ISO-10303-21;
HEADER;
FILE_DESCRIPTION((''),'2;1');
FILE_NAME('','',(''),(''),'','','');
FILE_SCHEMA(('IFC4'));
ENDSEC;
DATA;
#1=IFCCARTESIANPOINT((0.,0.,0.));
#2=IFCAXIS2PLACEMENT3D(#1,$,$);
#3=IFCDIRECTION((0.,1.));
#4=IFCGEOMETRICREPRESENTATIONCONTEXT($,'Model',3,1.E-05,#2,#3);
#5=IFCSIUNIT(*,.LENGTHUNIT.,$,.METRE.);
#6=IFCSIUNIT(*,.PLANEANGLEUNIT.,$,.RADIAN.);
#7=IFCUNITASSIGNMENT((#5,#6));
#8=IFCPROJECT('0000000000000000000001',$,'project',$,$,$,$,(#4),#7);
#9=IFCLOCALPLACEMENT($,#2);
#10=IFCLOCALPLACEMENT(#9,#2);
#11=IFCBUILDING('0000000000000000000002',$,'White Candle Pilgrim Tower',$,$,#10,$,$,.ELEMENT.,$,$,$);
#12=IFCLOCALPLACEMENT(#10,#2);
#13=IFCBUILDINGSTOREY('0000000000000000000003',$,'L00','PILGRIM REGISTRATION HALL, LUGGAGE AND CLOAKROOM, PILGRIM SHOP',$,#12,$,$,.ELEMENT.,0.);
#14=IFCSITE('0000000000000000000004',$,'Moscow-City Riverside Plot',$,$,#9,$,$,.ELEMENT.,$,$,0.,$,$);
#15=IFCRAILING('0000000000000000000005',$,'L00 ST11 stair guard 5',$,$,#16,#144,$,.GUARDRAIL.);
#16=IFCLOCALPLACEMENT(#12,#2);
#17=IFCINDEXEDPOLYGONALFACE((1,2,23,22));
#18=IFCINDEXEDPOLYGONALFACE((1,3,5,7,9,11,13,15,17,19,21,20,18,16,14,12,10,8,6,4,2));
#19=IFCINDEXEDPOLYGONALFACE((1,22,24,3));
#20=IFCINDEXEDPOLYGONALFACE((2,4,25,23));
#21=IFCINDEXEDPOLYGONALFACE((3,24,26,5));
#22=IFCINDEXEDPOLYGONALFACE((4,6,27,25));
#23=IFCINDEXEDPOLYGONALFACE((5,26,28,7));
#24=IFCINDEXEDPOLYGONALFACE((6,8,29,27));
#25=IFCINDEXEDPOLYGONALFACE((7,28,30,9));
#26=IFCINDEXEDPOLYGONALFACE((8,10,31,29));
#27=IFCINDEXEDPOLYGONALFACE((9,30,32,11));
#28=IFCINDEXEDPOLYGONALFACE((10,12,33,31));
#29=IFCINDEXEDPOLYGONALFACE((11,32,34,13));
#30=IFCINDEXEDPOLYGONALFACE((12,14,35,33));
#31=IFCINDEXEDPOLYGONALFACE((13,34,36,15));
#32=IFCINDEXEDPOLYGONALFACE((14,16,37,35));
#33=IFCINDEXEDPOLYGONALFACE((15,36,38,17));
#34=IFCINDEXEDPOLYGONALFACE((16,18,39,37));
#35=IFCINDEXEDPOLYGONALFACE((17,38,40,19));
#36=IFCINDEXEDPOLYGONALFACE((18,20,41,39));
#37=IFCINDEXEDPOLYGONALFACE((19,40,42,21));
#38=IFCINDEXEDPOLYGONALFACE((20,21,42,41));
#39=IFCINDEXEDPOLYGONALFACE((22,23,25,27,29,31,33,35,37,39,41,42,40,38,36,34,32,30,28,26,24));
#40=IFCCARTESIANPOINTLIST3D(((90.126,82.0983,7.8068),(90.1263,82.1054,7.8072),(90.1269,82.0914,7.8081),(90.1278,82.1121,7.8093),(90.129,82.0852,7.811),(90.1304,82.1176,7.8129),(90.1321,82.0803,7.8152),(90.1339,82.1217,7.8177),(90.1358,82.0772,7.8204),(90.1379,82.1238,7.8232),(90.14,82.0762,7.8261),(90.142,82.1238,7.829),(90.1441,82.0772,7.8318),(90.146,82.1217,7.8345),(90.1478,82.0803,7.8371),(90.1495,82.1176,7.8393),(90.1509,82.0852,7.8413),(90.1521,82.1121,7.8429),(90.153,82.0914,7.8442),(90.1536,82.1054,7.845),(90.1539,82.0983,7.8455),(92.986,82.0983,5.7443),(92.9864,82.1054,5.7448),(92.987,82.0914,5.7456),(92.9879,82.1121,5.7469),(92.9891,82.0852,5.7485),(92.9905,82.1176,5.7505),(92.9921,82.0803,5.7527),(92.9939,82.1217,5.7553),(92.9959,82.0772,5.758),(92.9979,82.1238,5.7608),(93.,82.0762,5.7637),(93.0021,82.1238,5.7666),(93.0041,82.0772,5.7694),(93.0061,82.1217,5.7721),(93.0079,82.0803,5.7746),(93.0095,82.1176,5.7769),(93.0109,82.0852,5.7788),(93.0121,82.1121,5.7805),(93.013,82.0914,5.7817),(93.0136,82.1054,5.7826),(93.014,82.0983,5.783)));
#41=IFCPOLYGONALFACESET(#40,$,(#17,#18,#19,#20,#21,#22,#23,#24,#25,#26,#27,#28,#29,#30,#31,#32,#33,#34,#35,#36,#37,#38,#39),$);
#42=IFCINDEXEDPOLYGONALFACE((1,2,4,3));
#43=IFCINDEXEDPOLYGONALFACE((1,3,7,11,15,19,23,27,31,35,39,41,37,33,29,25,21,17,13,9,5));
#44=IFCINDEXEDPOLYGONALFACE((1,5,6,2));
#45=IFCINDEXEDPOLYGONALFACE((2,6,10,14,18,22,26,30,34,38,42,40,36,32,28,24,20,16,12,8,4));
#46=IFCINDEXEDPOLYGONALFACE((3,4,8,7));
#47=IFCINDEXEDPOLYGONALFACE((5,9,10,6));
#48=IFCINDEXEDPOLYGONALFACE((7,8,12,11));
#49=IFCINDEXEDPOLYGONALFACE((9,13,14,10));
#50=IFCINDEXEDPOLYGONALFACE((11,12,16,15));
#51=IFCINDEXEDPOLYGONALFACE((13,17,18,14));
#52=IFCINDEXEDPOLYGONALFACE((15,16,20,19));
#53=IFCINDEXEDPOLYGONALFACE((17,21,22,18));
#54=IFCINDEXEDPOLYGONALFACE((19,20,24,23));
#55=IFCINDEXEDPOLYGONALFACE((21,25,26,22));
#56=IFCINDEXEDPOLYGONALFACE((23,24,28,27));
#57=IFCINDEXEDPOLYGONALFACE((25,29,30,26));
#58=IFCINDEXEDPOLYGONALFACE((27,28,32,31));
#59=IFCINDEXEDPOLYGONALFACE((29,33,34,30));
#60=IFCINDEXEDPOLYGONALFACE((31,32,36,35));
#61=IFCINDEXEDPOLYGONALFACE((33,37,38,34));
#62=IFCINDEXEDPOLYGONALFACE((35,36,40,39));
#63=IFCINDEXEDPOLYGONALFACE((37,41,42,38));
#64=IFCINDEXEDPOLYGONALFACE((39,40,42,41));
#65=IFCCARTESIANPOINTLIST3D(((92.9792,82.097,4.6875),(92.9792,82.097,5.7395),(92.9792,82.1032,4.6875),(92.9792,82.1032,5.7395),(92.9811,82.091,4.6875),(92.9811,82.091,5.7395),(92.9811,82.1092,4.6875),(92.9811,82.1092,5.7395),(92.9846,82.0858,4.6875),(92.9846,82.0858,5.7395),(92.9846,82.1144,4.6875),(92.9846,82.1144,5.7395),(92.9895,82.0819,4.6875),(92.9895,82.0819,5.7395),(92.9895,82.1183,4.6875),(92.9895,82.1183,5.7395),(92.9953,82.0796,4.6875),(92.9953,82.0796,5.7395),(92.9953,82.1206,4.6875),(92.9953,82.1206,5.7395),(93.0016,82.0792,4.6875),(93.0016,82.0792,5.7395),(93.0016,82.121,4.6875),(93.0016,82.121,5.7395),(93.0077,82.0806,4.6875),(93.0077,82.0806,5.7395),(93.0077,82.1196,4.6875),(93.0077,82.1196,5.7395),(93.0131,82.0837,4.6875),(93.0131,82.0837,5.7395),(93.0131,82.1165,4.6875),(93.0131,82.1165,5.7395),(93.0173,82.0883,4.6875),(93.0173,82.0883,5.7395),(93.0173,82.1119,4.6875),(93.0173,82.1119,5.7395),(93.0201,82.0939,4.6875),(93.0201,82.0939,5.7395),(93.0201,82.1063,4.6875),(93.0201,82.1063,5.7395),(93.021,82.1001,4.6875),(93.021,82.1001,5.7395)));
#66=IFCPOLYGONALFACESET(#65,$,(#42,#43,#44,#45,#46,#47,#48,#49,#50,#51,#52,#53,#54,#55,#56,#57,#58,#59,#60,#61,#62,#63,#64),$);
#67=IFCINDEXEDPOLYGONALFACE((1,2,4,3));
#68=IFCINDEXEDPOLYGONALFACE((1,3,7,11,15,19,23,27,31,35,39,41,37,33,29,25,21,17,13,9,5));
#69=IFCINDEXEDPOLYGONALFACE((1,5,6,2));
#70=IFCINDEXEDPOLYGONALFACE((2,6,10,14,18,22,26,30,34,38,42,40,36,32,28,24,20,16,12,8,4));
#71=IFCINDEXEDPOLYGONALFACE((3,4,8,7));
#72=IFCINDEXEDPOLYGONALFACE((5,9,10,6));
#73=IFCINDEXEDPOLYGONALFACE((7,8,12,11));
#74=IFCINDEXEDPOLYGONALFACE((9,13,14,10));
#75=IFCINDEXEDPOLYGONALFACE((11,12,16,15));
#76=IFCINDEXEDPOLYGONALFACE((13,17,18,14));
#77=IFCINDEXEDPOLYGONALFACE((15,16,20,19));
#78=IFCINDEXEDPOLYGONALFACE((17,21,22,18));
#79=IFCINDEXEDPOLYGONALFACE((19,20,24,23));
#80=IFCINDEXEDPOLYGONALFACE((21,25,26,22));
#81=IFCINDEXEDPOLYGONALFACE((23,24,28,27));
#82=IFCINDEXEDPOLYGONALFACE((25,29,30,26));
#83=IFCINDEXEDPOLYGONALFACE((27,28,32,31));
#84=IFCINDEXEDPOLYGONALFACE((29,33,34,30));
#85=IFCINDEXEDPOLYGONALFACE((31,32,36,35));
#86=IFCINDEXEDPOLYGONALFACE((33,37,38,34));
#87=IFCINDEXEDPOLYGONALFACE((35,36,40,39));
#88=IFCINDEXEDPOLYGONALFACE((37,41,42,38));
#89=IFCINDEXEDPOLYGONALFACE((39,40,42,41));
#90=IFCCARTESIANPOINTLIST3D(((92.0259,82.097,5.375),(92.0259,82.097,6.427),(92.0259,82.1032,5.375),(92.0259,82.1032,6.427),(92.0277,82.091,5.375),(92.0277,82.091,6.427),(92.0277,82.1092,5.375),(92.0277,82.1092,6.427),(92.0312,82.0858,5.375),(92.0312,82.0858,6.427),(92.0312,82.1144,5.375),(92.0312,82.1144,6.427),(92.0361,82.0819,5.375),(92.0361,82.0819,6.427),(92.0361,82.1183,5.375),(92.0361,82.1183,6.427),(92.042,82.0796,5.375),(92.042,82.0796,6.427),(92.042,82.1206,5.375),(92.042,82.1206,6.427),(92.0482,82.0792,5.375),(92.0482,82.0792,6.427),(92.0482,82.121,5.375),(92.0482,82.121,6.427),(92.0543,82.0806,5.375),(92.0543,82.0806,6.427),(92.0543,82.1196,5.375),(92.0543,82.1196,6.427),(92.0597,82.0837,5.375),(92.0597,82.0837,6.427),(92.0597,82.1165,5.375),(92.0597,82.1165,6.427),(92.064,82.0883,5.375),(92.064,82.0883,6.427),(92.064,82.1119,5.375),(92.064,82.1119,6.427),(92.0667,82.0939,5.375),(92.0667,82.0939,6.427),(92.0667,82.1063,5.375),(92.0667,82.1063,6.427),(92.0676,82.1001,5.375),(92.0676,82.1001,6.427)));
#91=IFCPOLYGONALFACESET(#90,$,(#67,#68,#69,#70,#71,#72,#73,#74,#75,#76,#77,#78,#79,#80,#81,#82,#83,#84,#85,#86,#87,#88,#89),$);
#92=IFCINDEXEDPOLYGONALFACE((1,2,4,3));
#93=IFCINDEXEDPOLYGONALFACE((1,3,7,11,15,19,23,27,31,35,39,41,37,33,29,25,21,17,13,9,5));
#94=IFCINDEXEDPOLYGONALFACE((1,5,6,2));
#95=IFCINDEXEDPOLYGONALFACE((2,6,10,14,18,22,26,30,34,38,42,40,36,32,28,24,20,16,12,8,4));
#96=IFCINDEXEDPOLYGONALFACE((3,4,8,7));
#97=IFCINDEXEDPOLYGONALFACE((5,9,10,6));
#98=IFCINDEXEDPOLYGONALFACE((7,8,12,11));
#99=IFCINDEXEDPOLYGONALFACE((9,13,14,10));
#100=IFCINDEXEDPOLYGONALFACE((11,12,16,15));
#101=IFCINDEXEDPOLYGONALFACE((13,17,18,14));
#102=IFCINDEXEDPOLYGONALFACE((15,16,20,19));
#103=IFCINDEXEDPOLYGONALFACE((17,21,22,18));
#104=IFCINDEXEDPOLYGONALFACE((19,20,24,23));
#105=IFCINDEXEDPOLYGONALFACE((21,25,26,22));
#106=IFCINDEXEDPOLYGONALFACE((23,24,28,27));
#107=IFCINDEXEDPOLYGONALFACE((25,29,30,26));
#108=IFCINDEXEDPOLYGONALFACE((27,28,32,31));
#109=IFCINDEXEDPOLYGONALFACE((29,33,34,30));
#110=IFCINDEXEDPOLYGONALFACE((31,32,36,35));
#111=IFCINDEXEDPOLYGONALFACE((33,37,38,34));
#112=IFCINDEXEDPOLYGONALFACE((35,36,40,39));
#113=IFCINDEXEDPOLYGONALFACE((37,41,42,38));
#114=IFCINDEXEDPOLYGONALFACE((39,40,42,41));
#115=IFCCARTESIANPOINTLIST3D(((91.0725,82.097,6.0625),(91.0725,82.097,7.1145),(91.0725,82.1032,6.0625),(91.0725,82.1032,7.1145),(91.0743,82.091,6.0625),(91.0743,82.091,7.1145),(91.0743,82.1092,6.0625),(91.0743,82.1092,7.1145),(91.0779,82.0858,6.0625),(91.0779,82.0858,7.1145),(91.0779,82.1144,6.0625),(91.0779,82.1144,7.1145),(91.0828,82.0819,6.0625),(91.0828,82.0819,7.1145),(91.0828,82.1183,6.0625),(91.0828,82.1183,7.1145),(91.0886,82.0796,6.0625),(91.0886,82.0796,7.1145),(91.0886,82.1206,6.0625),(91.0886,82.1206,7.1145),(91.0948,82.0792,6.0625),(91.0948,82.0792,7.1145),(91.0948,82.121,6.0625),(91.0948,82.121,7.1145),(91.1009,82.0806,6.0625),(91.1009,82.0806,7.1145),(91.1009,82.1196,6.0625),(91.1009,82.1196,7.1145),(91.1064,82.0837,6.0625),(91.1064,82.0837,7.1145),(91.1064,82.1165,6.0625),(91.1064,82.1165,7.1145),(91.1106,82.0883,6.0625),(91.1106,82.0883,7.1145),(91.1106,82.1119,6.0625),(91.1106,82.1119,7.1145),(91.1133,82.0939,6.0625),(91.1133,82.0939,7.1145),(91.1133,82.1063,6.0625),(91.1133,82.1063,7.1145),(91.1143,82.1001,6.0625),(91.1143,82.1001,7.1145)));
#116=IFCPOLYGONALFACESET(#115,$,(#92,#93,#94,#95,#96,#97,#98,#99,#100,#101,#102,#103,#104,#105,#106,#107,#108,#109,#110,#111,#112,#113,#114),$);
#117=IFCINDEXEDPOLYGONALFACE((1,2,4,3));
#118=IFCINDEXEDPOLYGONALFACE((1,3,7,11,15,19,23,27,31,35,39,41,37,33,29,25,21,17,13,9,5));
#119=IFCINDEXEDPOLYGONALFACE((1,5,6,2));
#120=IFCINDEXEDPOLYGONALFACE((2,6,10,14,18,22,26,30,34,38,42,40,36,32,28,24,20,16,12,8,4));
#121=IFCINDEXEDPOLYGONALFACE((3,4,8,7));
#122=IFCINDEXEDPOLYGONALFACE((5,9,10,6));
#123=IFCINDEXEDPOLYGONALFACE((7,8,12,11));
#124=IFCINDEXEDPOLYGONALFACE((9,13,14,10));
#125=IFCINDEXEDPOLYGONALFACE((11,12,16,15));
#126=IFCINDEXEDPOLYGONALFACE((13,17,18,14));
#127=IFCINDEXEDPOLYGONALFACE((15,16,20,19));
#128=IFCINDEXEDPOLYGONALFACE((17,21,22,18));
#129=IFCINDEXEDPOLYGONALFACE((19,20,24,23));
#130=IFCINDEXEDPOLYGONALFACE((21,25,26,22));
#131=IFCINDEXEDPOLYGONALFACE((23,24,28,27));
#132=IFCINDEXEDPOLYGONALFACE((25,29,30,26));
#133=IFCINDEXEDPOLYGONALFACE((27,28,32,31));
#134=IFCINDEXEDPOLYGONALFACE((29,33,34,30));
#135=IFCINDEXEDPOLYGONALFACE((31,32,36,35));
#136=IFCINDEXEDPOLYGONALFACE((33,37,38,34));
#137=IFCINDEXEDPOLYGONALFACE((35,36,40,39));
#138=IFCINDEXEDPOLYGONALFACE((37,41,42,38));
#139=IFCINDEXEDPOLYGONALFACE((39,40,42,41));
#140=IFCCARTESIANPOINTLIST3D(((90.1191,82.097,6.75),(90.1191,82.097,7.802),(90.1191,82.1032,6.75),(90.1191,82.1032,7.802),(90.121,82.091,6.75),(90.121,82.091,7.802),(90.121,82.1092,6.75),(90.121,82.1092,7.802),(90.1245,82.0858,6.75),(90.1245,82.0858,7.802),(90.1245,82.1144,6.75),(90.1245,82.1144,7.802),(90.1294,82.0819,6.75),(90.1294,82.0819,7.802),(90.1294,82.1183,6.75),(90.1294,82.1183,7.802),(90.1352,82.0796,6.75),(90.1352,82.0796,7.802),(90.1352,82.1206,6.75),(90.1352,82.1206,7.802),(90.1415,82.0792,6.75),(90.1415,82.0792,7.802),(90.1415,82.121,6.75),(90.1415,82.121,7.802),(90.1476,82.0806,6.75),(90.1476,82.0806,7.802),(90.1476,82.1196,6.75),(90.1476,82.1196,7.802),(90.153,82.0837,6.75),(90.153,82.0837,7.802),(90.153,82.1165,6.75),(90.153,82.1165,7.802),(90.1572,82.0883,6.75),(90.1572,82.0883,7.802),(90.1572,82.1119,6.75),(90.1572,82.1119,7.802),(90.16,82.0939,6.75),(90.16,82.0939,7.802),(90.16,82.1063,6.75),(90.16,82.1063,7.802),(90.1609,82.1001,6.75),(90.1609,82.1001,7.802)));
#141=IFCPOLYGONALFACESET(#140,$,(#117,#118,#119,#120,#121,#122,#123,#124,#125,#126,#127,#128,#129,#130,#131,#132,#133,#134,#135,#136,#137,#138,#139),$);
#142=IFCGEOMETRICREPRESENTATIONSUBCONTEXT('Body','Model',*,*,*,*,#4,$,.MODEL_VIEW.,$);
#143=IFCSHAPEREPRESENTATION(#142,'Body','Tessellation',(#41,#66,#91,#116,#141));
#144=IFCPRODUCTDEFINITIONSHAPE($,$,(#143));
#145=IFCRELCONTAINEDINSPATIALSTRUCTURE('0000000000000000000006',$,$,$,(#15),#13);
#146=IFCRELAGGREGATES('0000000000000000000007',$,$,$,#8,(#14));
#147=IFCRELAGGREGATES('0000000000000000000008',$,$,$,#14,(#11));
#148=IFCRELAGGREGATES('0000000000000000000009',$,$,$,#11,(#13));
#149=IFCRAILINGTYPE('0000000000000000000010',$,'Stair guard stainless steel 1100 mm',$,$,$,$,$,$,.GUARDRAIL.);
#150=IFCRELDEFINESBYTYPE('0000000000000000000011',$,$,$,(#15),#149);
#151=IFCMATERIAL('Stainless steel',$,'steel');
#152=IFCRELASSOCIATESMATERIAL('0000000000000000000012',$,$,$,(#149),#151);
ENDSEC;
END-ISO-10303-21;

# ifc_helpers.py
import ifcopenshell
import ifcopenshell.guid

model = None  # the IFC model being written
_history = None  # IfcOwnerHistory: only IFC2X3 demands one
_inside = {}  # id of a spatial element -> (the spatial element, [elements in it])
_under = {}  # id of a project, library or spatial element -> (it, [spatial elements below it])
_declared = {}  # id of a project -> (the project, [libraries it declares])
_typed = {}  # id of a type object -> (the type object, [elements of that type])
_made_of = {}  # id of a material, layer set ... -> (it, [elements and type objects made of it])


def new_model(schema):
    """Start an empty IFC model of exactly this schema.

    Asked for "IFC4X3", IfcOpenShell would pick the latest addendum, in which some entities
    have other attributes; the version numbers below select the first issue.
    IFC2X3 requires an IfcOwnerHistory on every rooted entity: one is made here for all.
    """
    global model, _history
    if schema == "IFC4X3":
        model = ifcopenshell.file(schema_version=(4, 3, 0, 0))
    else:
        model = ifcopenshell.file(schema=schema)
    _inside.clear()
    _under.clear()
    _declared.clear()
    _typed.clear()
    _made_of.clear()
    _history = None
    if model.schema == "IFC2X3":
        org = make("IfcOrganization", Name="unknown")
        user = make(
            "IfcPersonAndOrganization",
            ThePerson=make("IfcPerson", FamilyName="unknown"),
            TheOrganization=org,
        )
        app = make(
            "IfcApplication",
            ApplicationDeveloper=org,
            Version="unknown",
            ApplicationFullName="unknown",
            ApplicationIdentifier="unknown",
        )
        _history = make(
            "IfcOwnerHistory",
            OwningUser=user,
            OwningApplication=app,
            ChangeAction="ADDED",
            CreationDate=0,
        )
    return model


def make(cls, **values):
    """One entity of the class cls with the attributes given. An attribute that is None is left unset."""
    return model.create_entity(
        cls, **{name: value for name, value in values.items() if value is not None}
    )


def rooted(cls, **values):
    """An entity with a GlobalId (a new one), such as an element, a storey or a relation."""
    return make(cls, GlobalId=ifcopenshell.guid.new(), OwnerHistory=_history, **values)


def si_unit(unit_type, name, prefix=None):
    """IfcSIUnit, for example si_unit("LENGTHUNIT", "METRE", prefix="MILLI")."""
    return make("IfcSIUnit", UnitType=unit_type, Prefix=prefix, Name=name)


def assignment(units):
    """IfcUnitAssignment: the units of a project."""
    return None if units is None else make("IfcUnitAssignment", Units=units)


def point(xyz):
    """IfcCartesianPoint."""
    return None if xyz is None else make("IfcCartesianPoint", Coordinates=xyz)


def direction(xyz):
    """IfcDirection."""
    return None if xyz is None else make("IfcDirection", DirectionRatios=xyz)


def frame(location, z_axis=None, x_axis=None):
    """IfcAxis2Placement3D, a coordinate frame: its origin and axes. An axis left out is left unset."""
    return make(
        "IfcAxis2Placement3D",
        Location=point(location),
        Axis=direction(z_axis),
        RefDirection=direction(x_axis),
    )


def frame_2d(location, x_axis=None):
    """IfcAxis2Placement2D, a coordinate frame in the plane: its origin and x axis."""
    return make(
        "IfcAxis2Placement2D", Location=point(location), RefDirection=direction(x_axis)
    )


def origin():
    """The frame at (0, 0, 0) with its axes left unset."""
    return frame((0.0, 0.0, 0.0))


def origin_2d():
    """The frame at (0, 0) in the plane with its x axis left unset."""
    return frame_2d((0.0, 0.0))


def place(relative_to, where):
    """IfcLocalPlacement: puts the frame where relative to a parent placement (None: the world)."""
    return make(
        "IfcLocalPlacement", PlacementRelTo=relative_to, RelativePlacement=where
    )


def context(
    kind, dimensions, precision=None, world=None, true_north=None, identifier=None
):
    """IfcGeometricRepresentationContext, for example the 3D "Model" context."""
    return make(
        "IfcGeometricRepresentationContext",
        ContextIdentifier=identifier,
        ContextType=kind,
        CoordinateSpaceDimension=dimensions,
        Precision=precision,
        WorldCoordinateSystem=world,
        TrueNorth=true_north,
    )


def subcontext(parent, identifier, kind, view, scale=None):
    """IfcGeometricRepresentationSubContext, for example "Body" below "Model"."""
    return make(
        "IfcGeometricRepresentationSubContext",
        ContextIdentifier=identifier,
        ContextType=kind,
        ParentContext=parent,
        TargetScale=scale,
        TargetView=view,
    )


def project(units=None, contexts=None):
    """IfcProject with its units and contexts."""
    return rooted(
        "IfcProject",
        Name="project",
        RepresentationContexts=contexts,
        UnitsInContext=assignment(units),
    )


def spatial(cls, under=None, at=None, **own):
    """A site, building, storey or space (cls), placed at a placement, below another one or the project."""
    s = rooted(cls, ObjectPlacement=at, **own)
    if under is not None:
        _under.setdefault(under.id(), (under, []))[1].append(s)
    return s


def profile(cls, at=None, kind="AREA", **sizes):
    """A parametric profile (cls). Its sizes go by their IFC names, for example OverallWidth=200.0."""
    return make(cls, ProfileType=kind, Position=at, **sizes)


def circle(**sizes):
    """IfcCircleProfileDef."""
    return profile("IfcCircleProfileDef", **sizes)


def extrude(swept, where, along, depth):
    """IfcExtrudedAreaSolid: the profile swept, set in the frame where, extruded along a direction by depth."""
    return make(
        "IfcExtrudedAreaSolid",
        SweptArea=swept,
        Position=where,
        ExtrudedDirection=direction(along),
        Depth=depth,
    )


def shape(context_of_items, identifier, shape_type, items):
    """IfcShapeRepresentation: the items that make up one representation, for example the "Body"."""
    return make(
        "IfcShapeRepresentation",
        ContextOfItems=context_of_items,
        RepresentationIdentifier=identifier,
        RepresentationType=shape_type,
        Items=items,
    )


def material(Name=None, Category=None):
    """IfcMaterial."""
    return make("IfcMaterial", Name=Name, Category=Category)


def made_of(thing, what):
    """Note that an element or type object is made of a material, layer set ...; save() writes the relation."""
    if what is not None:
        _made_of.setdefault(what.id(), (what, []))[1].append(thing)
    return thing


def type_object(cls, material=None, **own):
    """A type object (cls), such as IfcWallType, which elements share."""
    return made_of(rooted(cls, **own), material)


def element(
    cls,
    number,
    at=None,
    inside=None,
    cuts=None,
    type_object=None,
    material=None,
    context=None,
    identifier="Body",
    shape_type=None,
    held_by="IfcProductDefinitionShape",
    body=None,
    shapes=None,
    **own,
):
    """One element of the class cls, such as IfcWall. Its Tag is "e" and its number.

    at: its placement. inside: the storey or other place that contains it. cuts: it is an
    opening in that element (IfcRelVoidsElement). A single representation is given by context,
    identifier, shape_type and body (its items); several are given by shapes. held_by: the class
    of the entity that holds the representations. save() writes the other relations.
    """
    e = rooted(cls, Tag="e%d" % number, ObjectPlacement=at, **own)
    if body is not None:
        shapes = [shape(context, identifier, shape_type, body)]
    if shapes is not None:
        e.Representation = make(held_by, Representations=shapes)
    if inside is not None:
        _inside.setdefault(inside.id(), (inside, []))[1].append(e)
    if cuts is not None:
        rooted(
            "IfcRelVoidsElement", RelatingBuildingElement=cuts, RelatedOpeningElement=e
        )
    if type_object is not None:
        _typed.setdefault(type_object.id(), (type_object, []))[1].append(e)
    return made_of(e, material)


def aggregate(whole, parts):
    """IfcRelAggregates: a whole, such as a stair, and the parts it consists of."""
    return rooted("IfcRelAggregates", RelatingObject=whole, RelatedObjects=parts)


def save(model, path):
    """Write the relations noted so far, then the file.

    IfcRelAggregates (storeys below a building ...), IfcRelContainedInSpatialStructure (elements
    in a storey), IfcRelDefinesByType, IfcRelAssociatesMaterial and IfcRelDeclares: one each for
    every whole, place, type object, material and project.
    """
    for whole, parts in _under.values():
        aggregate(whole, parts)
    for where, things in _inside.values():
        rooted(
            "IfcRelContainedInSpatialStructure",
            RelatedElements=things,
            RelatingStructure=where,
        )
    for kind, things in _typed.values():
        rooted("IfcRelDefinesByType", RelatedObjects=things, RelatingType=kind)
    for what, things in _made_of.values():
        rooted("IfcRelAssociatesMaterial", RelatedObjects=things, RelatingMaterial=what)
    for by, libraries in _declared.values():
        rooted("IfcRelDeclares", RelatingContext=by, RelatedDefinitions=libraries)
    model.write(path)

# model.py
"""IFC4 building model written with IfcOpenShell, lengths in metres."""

from ifc_helpers import new_model, si_unit, direction, frame, origin, origin_2d, place, context, subcontext, project, spatial, circle, extrude, material, type_object, element, save


model = new_model("IFC4")

# Units and contexts
model_context = context("Model", 3, precision=1e-05, world=origin(), true_north=direction((0.0, 1.0)))
body_context = subcontext(model_context, "Body", "Model", "MODEL_VIEW")
ifc_project = project(units=[si_unit("LENGTHUNIT", "METRE"), si_unit("PLANEANGLEUNIT", "RADIAN")], contexts=[model_context])

# Site, building, storey
site_placement = place(None, origin())
site = spatial("IfcSite", under=ifc_project, at=site_placement, Name="Moscow-City Riverside Plot", CompositionType="ELEMENT", RefElevation=0.0)
building_placement = place(site_placement, origin())
building = spatial("IfcBuilding", under=site, at=building_placement, Name="White Candle Pilgrim Tower", CompositionType="ELEMENT")
storey_placement = place(building_placement, origin())
storey = spatial("IfcBuildingStorey", under=building, at=storey_placement, Name="L00", Description="PILGRIM REGISTRATION HALL, LUGGAGE AND CLOAKROOM, PILGRIM SHOP", CompositionType="ELEMENT", Elevation=0.0)

# Railing
ifc_material_1 = material(Name="Stainless steel", Category="steel")
railing_type_1 = type_object("IfcRailingType", Name="Stair guard stainless steel 1100 mm", PredefinedType="GUARDRAIL", material=ifc_material_1)
railing_1_placement = place(storey_placement, frame((93.0, 82.1001, 4.6875)))
element("IfcRailing", 1, at=railing_1_placement, inside=storey, type_object=railing_type_1, Name="L00 ST11 stair guard 5", PredefinedType="GUARDRAIL", context=body_context, shape_type="SweptSolid", body=[
    extrude(circle(Radius=0.0239, at=origin_2d()), frame((0.0, 0.0, 1.0762), z_axis=(-0.811101, 0.0, 0.584906), x_axis=(0.0, -1.0, 0.0)), (0.0, 0.0, 1.0), 3.5261),
    extrude(circle(Radius=0.021, at=origin_2d()), origin(), (0.0, 0.0, 1.0), 1.052),
    extrude(circle(Radius=0.021, at=origin_2d()), frame((-0.9534, 0.0, 0.6875)), (0.0, 0.0, 1.0), 1.052),
    extrude(circle(Radius=0.021, at=origin_2d()), frame((-1.9067, 0.0, 1.375)), (0.0, 0.0, 1.0), 1.052),
    extrude(circle(Radius=0.021, at=origin_2d()), frame((-2.8601, 0.0, 2.0625)), (0.0, 0.0, 1.0), 1.052),
])

save(model, "model.ifc")
